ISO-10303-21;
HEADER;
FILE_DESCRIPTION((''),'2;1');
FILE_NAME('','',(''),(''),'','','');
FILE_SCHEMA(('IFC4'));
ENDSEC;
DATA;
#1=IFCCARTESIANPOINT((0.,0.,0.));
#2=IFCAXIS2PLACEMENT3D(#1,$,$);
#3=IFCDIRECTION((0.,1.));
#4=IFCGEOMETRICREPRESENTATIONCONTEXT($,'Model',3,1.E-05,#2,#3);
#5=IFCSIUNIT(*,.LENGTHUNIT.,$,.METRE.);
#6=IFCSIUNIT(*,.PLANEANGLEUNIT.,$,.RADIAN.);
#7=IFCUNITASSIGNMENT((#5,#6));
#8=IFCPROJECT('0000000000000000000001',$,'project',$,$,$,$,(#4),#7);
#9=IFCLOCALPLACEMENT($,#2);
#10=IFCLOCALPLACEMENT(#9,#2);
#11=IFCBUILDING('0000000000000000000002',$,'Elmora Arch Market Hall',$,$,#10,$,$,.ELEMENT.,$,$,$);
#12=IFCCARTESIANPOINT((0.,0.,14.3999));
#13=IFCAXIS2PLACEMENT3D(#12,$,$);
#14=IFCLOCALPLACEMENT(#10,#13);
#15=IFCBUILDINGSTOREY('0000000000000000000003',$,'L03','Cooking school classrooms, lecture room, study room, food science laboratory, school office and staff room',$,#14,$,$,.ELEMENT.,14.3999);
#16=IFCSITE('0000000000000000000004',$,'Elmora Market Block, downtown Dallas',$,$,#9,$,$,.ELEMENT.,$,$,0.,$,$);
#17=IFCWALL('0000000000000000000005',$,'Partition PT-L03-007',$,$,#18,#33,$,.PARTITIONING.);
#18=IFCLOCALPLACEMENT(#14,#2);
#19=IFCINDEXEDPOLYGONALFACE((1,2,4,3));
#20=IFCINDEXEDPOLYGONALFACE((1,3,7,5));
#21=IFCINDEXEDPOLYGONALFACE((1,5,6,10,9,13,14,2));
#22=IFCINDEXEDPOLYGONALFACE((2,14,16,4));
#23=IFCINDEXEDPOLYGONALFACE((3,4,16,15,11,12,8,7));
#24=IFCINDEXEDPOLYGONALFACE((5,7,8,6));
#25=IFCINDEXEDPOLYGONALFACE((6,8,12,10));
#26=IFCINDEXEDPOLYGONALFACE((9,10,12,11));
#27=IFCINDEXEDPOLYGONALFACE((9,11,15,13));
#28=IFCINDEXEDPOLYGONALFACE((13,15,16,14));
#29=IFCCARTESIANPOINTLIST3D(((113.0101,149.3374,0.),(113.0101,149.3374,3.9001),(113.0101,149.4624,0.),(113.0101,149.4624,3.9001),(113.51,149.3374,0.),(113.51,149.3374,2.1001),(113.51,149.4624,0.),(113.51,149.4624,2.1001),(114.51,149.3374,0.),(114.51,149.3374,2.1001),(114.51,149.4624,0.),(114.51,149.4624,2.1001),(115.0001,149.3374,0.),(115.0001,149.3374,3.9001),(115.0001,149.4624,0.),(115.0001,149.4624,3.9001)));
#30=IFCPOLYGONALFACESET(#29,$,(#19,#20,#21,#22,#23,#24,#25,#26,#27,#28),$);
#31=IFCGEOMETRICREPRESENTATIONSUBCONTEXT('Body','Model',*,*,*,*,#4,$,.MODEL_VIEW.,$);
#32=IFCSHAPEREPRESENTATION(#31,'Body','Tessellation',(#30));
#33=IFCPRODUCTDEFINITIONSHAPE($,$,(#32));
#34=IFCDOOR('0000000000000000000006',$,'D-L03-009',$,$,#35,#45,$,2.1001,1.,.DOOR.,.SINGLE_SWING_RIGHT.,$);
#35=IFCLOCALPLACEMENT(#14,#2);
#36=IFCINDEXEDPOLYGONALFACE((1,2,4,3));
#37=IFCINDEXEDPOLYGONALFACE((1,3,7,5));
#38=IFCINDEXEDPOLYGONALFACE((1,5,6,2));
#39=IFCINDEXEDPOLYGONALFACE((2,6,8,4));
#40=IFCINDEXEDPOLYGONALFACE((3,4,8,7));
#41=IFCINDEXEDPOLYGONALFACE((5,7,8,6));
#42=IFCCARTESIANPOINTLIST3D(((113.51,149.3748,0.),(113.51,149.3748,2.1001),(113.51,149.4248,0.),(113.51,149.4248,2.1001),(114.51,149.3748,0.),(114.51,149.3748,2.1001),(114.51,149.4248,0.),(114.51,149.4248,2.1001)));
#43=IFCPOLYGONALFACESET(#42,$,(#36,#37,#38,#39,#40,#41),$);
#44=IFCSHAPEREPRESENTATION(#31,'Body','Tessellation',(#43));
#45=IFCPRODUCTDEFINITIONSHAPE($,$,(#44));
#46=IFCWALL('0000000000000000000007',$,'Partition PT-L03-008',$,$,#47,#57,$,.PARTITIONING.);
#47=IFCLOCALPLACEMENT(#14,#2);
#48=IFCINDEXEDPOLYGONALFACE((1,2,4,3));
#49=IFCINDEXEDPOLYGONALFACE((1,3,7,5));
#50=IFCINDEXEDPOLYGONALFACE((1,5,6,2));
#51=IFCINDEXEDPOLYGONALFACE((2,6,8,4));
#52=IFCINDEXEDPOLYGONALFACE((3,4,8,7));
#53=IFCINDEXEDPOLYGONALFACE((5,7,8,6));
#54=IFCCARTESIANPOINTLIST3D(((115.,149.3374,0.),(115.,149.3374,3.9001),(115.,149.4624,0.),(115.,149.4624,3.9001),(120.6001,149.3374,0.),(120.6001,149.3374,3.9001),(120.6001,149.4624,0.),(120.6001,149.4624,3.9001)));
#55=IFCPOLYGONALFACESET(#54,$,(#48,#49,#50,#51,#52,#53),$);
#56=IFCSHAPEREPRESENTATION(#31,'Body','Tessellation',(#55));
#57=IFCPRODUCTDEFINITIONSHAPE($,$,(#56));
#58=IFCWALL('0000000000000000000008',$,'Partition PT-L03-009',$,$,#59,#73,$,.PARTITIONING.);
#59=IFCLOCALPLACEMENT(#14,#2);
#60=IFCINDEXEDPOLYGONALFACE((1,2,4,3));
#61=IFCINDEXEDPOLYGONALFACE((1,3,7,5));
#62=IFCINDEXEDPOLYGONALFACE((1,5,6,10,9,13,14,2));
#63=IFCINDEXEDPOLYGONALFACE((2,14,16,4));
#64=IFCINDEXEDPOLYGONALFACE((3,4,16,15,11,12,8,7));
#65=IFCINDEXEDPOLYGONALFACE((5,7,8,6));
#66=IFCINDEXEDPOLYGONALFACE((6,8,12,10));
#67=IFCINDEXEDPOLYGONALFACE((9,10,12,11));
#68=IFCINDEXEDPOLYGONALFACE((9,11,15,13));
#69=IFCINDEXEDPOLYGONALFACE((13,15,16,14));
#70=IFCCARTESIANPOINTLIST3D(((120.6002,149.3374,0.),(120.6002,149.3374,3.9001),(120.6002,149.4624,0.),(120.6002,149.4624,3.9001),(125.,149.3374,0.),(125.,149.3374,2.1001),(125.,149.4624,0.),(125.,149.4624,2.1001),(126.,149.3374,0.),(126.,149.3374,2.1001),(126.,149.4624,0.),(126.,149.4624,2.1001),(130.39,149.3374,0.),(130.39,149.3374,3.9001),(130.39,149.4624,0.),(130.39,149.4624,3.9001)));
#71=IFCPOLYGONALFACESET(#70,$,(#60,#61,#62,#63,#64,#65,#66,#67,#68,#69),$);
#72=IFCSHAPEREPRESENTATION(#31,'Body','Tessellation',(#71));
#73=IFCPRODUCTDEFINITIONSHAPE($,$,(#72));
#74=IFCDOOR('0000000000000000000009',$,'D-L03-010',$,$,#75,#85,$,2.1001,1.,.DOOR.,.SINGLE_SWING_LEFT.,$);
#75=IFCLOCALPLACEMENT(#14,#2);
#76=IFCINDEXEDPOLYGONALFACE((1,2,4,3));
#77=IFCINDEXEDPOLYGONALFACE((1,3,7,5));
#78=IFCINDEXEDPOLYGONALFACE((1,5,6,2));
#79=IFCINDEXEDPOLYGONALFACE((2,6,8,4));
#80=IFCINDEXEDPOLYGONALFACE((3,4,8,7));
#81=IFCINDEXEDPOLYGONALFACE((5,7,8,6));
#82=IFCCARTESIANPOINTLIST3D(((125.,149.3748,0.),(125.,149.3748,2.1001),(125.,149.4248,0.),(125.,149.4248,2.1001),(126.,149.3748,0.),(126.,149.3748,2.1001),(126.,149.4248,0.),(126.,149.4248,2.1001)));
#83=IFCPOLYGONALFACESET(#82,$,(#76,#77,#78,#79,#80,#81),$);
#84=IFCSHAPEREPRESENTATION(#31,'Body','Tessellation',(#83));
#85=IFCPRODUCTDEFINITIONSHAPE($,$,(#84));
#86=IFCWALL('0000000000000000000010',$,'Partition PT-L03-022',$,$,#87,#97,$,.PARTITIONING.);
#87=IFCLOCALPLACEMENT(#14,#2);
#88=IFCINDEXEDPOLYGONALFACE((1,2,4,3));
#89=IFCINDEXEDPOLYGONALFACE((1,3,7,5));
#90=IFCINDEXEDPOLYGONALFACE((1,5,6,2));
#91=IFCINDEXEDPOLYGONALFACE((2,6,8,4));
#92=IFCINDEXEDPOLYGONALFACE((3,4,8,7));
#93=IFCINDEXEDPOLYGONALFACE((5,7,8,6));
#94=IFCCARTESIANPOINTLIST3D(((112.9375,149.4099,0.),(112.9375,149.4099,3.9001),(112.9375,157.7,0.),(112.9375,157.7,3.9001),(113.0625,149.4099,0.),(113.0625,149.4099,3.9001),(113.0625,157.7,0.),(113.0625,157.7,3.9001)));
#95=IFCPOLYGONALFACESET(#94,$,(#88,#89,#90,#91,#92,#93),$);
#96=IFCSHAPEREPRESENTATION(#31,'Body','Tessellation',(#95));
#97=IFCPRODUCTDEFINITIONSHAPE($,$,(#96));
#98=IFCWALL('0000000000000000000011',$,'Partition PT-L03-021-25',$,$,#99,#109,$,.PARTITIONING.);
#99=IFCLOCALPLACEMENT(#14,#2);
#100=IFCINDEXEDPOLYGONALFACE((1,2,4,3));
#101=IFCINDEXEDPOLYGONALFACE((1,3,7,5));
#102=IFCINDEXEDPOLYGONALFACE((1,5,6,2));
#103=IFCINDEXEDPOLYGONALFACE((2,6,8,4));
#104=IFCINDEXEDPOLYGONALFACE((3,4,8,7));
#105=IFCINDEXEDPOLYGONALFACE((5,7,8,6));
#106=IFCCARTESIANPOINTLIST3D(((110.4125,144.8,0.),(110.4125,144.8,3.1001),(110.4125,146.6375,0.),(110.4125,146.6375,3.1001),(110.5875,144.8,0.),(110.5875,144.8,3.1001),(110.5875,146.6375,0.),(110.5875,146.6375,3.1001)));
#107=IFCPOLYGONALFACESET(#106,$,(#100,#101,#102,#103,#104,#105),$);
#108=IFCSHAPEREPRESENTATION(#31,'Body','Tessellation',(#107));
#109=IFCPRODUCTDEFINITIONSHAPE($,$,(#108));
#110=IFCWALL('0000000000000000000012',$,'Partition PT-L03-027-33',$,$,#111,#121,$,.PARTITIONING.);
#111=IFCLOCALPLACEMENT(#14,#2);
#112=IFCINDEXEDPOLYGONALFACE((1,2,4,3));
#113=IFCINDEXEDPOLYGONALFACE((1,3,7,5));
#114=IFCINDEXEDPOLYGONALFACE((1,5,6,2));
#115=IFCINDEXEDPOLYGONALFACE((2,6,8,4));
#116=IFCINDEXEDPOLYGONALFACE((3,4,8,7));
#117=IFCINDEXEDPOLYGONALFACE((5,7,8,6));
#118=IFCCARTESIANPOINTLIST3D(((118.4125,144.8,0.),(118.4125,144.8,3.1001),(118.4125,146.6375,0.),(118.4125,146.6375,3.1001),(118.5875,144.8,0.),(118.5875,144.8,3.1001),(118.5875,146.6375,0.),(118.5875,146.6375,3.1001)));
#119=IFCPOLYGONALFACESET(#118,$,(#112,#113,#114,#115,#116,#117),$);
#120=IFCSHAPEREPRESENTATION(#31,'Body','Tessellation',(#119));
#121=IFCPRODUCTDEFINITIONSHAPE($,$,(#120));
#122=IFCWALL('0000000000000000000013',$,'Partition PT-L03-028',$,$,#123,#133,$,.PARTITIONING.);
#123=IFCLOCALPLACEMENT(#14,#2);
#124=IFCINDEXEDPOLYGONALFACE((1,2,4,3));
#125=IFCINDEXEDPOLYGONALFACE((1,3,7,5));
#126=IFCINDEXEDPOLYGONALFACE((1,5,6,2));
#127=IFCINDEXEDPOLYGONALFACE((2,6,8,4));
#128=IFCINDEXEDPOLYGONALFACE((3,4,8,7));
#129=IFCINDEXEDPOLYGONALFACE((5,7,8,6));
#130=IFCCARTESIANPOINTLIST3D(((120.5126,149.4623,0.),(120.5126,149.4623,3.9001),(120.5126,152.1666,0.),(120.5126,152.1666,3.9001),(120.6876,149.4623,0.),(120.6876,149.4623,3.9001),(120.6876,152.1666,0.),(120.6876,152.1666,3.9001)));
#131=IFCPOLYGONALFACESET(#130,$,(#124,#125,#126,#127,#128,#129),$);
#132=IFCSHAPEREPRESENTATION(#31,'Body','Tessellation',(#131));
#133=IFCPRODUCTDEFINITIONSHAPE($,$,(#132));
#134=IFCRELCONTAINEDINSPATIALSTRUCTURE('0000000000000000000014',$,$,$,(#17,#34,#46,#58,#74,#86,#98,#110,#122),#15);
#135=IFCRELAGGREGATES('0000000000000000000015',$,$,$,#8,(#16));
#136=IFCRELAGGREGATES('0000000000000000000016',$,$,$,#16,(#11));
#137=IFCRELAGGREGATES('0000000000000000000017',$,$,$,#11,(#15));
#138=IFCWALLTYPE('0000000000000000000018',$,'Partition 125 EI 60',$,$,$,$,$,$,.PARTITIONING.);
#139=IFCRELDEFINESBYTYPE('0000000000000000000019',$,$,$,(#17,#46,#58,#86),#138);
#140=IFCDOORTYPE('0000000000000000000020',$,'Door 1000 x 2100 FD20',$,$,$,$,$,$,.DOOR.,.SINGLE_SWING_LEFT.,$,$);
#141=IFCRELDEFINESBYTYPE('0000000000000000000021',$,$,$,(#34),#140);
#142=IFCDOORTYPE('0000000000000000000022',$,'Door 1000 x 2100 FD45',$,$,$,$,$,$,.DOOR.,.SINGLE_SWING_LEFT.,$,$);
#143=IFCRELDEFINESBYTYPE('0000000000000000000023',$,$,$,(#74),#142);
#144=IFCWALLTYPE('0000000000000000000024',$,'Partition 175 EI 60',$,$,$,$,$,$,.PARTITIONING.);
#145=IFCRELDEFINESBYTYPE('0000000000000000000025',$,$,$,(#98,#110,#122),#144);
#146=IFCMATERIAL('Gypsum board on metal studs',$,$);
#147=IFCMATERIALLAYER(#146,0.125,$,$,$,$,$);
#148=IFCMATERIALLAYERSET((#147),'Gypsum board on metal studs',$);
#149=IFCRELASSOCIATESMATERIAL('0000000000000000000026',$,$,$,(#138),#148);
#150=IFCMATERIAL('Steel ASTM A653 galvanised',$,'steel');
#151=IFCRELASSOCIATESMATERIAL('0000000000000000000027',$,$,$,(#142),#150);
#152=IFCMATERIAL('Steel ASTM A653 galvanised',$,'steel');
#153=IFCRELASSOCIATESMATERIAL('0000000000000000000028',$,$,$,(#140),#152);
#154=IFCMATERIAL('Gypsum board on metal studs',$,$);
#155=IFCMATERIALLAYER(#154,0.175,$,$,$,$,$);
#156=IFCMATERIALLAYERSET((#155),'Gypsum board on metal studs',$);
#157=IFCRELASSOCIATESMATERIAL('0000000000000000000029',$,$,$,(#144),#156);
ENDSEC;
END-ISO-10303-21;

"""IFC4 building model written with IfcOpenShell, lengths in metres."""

from ifc_helpers import new_model, si_unit, direction, frame, frame_2d, origin, place, context, subcontext, project, spatial, rectangle, extrude, material, layer, layer_set, type_object, element, fill, save


model = new_model("IFC4")

# Units and contexts
model_context = context("Model", 3, precision=1e-05, world=origin(), true_north=direction((0.0, 1.0)))
body_context = subcontext(model_context, "Body", "Model", "MODEL_VIEW")
ifc_project = project(units=[si_unit("LENGTHUNIT", "METRE"), si_unit("PLANEANGLEUNIT", "RADIAN")], contexts=[model_context])

# Site, building, storey
site_placement = place(None, origin())
site = spatial("IfcSite", under=ifc_project, at=site_placement, Name="Elmora Market Block, downtown Dallas", CompositionType="ELEMENT", RefElevation=0.0)
building_placement = place(site_placement, origin())
building = spatial("IfcBuilding", under=site, at=building_placement, Name="Elmora Arch Market Hall", CompositionType="ELEMENT")
storey_placement = place(building_placement, frame((0.0, 0.0, 14.3999)))
storey = spatial("IfcBuildingStorey", under=building, at=storey_placement, Name="L03", Description="Cooking school classrooms, lecture room, study room, food science laboratory, school office and staff room", CompositionType="ELEMENT", Elevation=14.3999)

# Wall, opening, door
ifc_material_1 = material(Name="Gypsum board on metal studs")
ifc_layer_1 = layer(ifc_material_1, 0.125)
ifc_layer_set_1 = layer_set([ifc_layer_1], Name="Gypsum board on metal studs")
wall_type_1 = type_object("IfcWallType", Name="Partition 125 EI 60", PredefinedType="PARTITIONING", material=ifc_layer_set_1)
ifc_material_2 = material(Name="Steel ASTM A653 galvanised", Category="steel")
door_type_1 = type_object("IfcDoorType", Name="Door 1000 x 2100 FD45", OperationType="SINGLE_SWING_LEFT", PredefinedType="DOOR", material=ifc_material_2)
wall_1_placement = place(storey_placement, frame((113.01, 149.3999, 0.0), z_axis=(0.0, 0.0, 1.0), x_axis=(1.0, 0.0, 0.0)))
wall_1 = element("IfcWall", 1, at=wall_1_placement, inside=storey, type_object=wall_type_1, Name="Partition PT-L03-007", PredefinedType="PARTITIONING", context=body_context, shape_type="SweptSolid", body=[
    extrude(rectangle(XDim=1.99, YDim=0.125, at=frame_2d((0.9951, 0.0))), origin(), (0.0, 0.0, 1.0), 3.9001),
])
opening_1_placement = place(wall_1_placement, frame((0.5, 0.0, 0.0)))
opening_1 = element("IfcOpeningElement", 2, at=opening_1_placement, cuts=wall_1, PredefinedType="OPENING", context=body_context, shape_type="SweptSolid", body=[
    extrude(rectangle(XDim=1.0, YDim=2.1001, at=frame_2d((0.5, 1.05))), frame((0.0, 0.0725, 0.0), z_axis=(0.0, -1.0, 0.0), x_axis=(1.0, 0.0, 0.0)), (0.0, 0.0, 1.0), 0.145),
])
ifc_material_3 = material(Name="Steel ASTM A653 galvanised", Category="steel")
door_type_2 = type_object("IfcDoorType", Name="Door 1000 x 2100 FD20", OperationType="SINGLE_SWING_LEFT", PredefinedType="DOOR", material=ifc_material_3)
door_1_placement = place(opening_1_placement, origin())
door_1 = element("IfcDoor", 3, at=door_1_placement, inside=storey, type_object=door_type_2, Name="D-L03-009", OperationType="SINGLE_SWING_RIGHT", OverallHeight=2.1001, OverallWidth=1.0, PredefinedType="DOOR", context=body_context, shape_type="SweptSolid", body=[
    extrude(rectangle(XDim=1.0, YDim=2.1001, at=frame_2d((0.5, 1.05))), frame((0.0, 0.0249, 0.0), z_axis=(0.0, -1.0, 0.0), x_axis=(1.0, 0.0, 0.0)), (0.0, 0.0, 1.0), 0.05),
])
fill(opening_1, door_1)

# Wall
wall_2_placement = place(storey_placement, frame((115.0, 149.3999, 0.0), z_axis=(0.0, 0.0, 1.0), x_axis=(1.0, 0.0, 0.0)))
element("IfcWall", 4, at=wall_2_placement, inside=storey, type_object=wall_type_1, Name="Partition PT-L03-008", PredefinedType="PARTITIONING", context=body_context, shape_type="SweptSolid", body=[
    extrude(rectangle(XDim=5.6001, YDim=0.125, at=frame_2d((2.8, 0.0))), origin(), (0.0, 0.0, 1.0), 3.9001),
])

# Wall, opening, door
wall_3_placement = place(storey_placement, frame((120.6001, 149.3999, 0.0), z_axis=(0.0, 0.0, 1.0), x_axis=(1.0, 0.0, 0.0)))
wall_3 = element("IfcWall", 5, at=wall_3_placement, inside=storey, type_object=wall_type_1, Name="Partition PT-L03-009", PredefinedType="PARTITIONING", context=body_context, shape_type="SweptSolid", body=[
    extrude(rectangle(XDim=9.7898, YDim=0.125, at=frame_2d((4.895, 0.0))), origin(), (0.0, 0.0, 1.0), 3.9001),
])
opening_2_placement = place(wall_3_placement, frame((4.3999, 0.0, 0.0)))
opening_2 = element("IfcOpeningElement", 6, at=opening_2_placement, cuts=wall_3, PredefinedType="OPENING", context=body_context, shape_type="SweptSolid", body=[
    extrude(rectangle(XDim=1.0, YDim=2.1001, at=frame_2d((0.5, 1.05))), frame((0.0, 0.0725, 0.0), z_axis=(0.0, -1.0, 0.0), x_axis=(1.0, 0.0, 0.0)), (0.0, 0.0, 1.0), 0.145),
])
door_2_placement = place(opening_2_placement, origin())
door_2 = element("IfcDoor", 7, at=door_2_placement, inside=storey, type_object=door_type_1, Name="D-L03-010", OperationType="SINGLE_SWING_LEFT", OverallHeight=2.1001, OverallWidth=1.0, PredefinedType="DOOR", context=body_context, shape_type="SweptSolid", body=[
    extrude(rectangle(XDim=1.0, YDim=2.1001, at=frame_2d((0.5, 1.05))), frame((0.0, 0.0249, 0.0), z_axis=(0.0, -1.0, 0.0), x_axis=(1.0, 0.0, 0.0)), (0.0, 0.0, 1.0), 0.05),
])
fill(opening_2, door_2)

# Walls
wall_4_placement = place(storey_placement, frame((113.0, 149.4099, 0.0), z_axis=(0.0, 0.0, 1.0), x_axis=(0.0, 1.0, 0.0)))
element("IfcWall", 8, at=wall_4_placement, inside=storey, type_object=wall_type_1, Name="Partition PT-L03-022", PredefinedType="PARTITIONING", context=body_context, shape_type="SweptSolid", body=[
    extrude(rectangle(XDim=8.29, YDim=0.125, at=frame_2d((4.145, 0.0))), origin(), (0.0, 0.0, 1.0), 3.9001),
])
ifc_material_4 = material(Name="Gypsum board on metal studs")
ifc_layer_2 = layer(ifc_material_4, 0.175)
ifc_layer_set_2 = layer_set([ifc_layer_2], Name="Gypsum board on metal studs")
wall_type_2 = type_object("IfcWallType", Name="Partition 175 EI 60", PredefinedType="PARTITIONING", material=ifc_layer_set_2)
for number, where, z_axis, x_axis, name in (
    (9, (110.5, 144.8, 0.0), (0.0, 0.0, 1.0), (0.0, 1.0, 0.0), "Partition PT-L03-021-25"),
    (10, (118.5, 144.8, 0.0), (0.0, 0.0, 1.0), (0.0, 1.0, 0.0), "Partition PT-L03-027-33"),
):
    element("IfcWall", number, at=place(storey_placement, frame(where, z_axis=z_axis, x_axis=x_axis)), inside=storey, type_object=wall_type_2, Name=name, PredefinedType="PARTITIONING", context=body_context, shape_type="SweptSolid", body=[
        extrude(rectangle(XDim=1.8374, YDim=0.175, at=frame_2d((0.9187, 0.0))), origin(), (0.0, 0.0, 1.0), 3.1001),
    ])
wall_5_placement = place(storey_placement, frame((120.6001, 149.4624, 0.0), z_axis=(0.0, 0.0, 1.0), x_axis=(0.0, 1.0, 0.0)))
element("IfcWall", 11, at=wall_5_placement, inside=storey, type_object=wall_type_2, Name="Partition PT-L03-028", PredefinedType="PARTITIONING", context=body_context, shape_type="SweptSolid", body=[
    extrude(rectangle(XDim=2.7043, YDim=0.175, at=frame_2d((1.3521, 0.0))), origin(), (0.0, 0.0, 1.0), 3.9001),
])

save(model, "model.ifc")
